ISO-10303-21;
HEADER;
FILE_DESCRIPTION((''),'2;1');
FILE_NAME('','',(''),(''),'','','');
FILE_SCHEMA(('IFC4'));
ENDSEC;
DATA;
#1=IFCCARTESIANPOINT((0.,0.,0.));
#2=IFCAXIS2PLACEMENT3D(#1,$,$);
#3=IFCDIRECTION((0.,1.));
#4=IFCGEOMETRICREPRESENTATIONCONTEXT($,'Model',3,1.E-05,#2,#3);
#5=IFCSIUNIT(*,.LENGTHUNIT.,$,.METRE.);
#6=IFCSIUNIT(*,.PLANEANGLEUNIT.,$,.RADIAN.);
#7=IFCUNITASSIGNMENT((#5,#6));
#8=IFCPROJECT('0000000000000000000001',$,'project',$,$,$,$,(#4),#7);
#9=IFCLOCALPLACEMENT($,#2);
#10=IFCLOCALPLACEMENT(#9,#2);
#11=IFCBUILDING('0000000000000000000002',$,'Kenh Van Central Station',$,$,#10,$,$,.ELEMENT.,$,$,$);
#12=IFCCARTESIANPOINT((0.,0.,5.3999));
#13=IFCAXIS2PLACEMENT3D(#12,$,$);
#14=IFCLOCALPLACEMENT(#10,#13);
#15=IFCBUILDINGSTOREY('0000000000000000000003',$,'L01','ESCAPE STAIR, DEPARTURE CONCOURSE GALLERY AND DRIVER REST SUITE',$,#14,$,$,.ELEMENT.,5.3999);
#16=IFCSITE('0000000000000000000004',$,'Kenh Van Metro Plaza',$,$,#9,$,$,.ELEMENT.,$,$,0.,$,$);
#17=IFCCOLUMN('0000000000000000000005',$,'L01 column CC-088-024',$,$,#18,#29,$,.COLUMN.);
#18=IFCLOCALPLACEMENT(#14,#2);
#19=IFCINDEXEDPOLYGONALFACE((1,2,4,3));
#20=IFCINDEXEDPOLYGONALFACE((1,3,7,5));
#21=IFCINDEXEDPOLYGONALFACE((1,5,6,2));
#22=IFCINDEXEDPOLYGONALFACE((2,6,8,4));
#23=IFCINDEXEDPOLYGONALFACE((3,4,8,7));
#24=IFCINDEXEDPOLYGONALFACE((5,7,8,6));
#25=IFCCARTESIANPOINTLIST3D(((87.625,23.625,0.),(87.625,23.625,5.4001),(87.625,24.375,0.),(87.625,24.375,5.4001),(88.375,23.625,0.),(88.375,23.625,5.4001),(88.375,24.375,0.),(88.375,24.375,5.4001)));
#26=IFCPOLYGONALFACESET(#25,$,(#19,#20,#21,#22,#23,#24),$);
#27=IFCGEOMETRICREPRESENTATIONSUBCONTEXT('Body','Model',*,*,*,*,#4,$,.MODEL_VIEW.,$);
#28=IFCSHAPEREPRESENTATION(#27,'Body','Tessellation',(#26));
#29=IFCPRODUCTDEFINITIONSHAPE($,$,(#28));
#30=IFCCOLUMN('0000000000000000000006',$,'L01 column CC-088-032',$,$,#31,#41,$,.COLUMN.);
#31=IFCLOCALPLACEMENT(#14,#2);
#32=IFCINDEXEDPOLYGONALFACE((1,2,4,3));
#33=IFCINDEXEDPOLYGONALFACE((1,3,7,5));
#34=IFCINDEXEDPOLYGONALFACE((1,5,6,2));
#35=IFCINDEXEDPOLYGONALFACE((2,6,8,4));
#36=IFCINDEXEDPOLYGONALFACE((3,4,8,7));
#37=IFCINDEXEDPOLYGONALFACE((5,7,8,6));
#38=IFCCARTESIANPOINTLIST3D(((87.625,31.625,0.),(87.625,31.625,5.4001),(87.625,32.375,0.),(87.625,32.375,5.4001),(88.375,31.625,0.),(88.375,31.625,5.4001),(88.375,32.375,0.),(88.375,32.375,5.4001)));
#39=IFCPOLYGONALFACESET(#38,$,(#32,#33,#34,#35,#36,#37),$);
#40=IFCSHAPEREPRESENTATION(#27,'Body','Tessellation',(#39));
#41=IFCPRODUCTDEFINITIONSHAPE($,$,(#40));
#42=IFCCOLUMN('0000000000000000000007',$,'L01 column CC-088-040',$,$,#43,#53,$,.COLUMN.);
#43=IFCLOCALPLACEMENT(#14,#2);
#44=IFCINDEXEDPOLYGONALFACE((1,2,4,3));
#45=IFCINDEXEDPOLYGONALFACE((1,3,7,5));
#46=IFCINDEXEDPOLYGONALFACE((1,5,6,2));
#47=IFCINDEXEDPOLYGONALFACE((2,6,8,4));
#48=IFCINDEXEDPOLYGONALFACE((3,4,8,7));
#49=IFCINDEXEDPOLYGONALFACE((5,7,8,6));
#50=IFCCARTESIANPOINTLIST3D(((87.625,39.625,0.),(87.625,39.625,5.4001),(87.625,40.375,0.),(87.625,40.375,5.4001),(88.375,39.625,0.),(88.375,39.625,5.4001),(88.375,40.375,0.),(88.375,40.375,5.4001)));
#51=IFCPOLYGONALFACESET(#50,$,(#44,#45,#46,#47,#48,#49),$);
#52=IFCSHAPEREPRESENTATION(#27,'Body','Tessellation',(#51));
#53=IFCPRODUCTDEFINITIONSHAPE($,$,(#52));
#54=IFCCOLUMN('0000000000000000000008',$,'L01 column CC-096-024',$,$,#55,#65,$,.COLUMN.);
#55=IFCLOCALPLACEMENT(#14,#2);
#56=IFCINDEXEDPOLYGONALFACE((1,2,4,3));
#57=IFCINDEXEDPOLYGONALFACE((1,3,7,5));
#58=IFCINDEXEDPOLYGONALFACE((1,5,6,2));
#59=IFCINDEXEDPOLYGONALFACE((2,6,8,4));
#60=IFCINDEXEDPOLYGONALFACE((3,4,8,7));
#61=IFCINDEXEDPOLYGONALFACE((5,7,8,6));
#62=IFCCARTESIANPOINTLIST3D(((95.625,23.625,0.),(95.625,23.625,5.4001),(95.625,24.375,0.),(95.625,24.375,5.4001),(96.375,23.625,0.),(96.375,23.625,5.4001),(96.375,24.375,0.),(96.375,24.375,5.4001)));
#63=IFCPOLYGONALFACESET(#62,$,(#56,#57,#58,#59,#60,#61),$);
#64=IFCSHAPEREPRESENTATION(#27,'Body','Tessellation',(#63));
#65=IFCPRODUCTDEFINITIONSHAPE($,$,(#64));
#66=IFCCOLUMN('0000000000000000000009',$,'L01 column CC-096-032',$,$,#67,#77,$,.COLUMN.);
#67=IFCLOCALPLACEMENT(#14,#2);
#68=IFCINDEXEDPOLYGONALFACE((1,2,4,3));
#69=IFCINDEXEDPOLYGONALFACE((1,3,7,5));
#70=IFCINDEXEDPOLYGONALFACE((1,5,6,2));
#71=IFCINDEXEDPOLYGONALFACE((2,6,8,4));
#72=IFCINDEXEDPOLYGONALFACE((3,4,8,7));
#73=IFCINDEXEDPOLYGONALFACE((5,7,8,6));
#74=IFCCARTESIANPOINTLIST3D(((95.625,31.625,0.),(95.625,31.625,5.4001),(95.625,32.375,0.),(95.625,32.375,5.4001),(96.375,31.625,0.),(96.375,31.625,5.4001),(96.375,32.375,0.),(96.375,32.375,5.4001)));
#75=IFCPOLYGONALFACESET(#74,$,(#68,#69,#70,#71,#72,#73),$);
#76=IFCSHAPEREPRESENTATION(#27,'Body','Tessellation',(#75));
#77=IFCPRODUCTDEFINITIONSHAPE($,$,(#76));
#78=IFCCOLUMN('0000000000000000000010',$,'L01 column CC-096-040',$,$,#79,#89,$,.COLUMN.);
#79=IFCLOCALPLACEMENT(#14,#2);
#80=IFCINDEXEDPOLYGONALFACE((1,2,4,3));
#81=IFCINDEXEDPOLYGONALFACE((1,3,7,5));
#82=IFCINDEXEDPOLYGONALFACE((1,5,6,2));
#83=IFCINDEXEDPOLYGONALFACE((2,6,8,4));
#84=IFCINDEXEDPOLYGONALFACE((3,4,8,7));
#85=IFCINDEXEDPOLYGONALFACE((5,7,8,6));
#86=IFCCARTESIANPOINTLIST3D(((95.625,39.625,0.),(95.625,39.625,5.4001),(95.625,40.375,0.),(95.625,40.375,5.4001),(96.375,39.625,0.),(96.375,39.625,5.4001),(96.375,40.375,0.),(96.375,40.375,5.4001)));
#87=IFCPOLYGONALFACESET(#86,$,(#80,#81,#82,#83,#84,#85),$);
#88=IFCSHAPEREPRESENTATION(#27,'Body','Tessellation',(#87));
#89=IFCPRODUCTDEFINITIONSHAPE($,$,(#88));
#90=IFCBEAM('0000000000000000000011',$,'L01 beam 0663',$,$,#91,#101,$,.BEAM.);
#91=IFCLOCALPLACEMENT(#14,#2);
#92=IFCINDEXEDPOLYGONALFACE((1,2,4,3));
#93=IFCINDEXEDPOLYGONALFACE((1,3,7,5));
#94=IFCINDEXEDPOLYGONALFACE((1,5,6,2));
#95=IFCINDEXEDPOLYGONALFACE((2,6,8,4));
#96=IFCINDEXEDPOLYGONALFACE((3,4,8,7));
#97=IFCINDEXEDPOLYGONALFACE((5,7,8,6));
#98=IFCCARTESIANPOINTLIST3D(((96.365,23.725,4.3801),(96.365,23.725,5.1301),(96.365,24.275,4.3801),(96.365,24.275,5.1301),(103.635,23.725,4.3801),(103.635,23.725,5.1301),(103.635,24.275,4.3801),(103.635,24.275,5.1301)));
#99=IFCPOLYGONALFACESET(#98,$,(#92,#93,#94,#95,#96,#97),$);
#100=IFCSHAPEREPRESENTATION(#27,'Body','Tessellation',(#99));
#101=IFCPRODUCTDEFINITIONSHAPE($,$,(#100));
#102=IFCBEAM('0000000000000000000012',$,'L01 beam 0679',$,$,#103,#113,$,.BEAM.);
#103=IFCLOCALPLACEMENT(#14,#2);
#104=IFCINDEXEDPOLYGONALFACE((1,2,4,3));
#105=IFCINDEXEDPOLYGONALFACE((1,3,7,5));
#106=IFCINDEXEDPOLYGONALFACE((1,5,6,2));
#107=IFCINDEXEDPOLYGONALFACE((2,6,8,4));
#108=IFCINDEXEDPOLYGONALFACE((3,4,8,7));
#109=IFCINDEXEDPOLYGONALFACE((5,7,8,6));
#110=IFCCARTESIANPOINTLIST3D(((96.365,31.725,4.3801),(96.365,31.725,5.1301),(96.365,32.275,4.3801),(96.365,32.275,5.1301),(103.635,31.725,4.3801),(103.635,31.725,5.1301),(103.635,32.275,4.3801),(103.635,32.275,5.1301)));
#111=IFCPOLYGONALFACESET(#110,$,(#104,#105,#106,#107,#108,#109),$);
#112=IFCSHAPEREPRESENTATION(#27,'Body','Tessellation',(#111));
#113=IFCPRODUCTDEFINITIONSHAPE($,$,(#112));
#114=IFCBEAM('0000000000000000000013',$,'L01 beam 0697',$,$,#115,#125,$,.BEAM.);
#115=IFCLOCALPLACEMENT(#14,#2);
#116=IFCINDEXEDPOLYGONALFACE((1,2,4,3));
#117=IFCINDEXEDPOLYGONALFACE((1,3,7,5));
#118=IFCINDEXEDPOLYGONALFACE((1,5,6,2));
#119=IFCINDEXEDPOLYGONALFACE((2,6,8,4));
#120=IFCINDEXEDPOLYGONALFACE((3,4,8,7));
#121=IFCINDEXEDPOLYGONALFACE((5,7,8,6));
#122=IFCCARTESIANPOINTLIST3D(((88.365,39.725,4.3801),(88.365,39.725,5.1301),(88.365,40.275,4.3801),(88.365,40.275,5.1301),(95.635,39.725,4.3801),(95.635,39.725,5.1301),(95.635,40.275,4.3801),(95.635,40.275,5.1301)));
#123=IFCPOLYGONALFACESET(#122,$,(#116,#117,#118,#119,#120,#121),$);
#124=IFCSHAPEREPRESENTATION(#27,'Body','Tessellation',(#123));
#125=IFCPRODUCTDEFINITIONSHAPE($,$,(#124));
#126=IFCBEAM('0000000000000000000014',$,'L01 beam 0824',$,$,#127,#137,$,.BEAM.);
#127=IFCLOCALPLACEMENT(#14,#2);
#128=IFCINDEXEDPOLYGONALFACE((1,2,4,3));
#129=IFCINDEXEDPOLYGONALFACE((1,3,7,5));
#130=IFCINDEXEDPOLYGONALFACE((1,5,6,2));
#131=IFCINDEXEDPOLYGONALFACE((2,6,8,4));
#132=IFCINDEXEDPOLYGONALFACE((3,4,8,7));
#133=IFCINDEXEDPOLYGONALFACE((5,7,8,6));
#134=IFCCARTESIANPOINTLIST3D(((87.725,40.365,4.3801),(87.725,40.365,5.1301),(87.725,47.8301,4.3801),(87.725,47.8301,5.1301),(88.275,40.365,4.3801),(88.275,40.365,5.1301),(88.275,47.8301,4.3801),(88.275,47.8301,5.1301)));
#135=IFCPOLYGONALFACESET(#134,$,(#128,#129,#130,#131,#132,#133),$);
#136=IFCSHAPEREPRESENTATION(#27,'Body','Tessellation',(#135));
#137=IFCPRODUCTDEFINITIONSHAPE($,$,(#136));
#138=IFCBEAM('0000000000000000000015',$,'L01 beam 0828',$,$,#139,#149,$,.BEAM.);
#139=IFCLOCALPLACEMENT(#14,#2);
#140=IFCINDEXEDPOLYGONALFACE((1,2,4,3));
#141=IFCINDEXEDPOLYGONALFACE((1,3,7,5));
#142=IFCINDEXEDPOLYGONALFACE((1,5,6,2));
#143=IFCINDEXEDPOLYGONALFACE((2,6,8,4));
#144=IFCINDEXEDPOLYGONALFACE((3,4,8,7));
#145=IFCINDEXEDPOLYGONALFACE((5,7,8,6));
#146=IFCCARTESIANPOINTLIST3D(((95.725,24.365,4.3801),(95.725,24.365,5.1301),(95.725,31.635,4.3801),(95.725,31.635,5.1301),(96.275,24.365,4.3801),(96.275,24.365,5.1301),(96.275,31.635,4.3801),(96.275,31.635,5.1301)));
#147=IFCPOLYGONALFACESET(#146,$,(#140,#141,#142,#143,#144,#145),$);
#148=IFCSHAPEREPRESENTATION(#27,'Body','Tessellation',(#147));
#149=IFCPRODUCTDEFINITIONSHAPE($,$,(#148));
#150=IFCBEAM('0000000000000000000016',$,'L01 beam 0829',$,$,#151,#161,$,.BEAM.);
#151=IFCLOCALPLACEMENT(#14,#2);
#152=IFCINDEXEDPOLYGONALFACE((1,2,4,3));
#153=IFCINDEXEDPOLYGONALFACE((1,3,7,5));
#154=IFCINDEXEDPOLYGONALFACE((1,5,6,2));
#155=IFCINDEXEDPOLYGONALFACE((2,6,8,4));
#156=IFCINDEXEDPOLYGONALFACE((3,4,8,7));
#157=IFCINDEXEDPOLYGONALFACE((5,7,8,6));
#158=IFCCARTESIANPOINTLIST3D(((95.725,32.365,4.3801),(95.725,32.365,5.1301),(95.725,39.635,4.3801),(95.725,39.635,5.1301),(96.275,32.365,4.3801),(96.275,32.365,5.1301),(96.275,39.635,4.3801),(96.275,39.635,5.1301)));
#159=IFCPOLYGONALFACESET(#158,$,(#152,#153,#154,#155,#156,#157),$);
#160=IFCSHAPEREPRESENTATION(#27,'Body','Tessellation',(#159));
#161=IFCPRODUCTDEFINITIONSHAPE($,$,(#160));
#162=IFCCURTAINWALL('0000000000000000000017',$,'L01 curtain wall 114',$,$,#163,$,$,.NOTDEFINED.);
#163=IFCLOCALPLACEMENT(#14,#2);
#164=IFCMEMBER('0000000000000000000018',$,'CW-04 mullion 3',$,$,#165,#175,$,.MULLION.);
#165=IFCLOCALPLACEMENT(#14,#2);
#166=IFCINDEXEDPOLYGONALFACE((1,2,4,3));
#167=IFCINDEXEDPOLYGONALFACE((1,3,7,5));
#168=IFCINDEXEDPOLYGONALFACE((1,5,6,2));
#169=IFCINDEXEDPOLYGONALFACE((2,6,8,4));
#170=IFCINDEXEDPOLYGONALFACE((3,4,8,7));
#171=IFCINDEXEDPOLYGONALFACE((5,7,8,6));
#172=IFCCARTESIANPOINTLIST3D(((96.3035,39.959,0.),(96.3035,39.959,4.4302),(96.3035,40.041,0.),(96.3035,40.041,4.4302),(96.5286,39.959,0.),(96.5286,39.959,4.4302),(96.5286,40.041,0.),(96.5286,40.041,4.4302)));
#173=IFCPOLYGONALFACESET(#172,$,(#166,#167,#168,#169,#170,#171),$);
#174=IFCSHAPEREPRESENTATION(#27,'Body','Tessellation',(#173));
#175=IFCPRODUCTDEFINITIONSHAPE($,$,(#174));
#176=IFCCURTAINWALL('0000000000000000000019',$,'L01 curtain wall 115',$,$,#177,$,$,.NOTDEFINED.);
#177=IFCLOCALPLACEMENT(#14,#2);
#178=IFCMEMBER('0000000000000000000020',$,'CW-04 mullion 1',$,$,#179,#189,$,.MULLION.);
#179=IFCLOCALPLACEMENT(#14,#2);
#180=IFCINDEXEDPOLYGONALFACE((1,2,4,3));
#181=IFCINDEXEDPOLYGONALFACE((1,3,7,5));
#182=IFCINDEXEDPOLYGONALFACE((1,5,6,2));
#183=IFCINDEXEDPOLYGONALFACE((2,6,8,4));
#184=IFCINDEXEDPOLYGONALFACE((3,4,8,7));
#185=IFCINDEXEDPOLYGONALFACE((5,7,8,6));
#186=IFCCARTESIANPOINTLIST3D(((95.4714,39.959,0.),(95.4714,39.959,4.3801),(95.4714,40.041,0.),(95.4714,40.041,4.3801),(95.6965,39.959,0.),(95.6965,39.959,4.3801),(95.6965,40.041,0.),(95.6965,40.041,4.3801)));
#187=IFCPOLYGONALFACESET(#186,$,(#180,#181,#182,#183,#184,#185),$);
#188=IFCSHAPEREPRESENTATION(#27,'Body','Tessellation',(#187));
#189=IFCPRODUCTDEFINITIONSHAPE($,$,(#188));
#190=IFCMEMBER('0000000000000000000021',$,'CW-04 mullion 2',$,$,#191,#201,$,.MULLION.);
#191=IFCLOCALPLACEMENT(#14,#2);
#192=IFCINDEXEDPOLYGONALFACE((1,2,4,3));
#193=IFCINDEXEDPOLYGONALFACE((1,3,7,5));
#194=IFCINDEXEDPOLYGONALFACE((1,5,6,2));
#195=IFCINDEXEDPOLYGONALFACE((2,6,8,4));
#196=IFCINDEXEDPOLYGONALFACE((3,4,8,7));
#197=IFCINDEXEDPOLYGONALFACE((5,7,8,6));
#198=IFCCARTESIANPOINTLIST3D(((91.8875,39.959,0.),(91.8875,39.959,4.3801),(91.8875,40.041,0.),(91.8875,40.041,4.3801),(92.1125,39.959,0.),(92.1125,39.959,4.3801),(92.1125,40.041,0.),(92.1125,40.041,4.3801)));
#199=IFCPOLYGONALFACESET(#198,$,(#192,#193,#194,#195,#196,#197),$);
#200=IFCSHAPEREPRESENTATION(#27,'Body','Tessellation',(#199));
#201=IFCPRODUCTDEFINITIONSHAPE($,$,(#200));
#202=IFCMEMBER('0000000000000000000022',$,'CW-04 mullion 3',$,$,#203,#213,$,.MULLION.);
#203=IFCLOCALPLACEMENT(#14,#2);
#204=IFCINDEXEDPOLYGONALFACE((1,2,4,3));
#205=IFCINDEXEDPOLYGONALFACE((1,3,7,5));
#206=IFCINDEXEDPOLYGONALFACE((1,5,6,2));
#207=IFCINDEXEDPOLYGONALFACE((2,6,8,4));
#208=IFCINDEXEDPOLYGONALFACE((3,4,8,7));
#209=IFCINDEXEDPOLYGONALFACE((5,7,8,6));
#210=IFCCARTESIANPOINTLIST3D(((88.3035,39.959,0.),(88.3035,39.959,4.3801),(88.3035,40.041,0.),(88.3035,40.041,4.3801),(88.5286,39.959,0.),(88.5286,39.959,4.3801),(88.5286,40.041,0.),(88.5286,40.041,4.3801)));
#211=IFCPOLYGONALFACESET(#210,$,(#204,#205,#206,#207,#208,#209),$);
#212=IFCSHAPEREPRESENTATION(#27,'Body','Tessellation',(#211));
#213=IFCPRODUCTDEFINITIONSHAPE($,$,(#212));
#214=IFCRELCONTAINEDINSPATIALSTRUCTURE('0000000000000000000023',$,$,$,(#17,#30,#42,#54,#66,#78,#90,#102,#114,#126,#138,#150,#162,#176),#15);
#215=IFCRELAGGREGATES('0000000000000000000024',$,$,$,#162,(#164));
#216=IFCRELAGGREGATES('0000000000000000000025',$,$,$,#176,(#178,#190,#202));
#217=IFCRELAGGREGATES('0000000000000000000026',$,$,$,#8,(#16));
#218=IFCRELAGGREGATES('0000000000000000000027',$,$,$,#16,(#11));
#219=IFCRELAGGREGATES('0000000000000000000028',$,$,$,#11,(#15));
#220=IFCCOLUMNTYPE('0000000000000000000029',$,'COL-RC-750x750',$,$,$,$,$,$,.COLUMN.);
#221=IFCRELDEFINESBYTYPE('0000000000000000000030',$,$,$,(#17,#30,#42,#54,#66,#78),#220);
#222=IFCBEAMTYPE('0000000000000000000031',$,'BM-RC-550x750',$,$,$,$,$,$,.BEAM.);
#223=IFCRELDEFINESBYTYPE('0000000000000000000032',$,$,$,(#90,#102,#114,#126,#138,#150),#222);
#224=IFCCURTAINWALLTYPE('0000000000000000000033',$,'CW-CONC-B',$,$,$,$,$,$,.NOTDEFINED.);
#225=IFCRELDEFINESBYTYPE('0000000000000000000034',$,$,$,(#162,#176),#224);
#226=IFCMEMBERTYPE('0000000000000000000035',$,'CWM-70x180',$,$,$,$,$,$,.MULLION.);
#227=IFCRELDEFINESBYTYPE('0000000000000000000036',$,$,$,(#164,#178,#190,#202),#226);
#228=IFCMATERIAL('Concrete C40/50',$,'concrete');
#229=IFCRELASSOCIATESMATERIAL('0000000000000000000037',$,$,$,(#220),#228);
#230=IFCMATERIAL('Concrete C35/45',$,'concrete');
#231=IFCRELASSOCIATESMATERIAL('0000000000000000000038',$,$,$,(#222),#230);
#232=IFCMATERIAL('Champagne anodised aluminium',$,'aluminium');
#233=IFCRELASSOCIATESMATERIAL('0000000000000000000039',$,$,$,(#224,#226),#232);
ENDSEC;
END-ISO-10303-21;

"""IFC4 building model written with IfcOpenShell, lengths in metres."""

from ifc_helpers import new_model, si_unit, direction, frame, origin, origin_2d, place, context, subcontext, project, spatial, rectangle, extrude, material, material_profile, profile_set, type_object, element, aggregate, save


model = new_model("IFC4")

# Units and contexts
model_context = context("Model", 3, precision=1e-05, world=origin(), true_north=direction((0.0, 1.0)))
body_context = subcontext(model_context, "Body", "Model", "MODEL_VIEW")
ifc_project = project(units=[si_unit("LENGTHUNIT", "METRE"), si_unit("PLANEANGLEUNIT", "RADIAN")], contexts=[model_context])

# Site, building, storey
site_placement = place(None, origin())
site = spatial("IfcSite", under=ifc_project, at=site_placement, Name="Kenh Van Metro Plaza", CompositionType="ELEMENT", RefElevation=0.0)
building_placement = place(site_placement, origin())
building = spatial("IfcBuilding", under=site, at=building_placement, Name="Kenh Van Central Station", CompositionType="ELEMENT")
storey_placement = place(building_placement, frame((0.0, 0.0, 5.3999)))
storey = spatial("IfcBuildingStorey", under=building, at=storey_placement, Name="L01", Description="ESCAPE STAIR, DEPARTURE CONCOURSE GALLERY AND DRIVER REST SUITE", CompositionType="ELEMENT", Elevation=5.3999)

# Columns
ifc_material_1 = material(Name="Concrete C40/50", Category="concrete")
ifc_material_profile_1 = material_profile(ifc_material_1, rectangle(XDim=0.75, YDim=0.75, at=origin_2d()), Name="RC 750x750")
ifc_profile_set_1 = profile_set([ifc_material_profile_1], Name="Concrete C40/50")
column_type = type_object("IfcColumnType", Name="COL-RC-750x750", PredefinedType="COLUMN", material=ifc_profile_set_1)
for number, where, z_axis, x_axis, name in (
    (1, (88.0, 24.0, 0.0), (0.0, 0.0, 1.0), (1.0, 0.0, 0.0), "L01 column CC-088-024"),
    (2, (88.0, 32.0, 0.0), (0.0, 0.0, 1.0), (1.0, 0.0, 0.0), "L01 column CC-088-032"),
    (3, (88.0, 40.0, 0.0), (0.0, 0.0, 1.0), (1.0, 0.0, 0.0), "L01 column CC-088-040"),
    (4, (96.0, 24.0, 0.0), (0.0, 0.0, 1.0), (1.0, 0.0, 0.0), "L01 column CC-096-024"),
    (5, (96.0, 32.0, 0.0), (0.0, 0.0, 1.0), (1.0, 0.0, 0.0), "L01 column CC-096-032"),
    (6, (96.0, 40.0, 0.0), (0.0, 0.0, 1.0), (1.0, 0.0, 0.0), "L01 column CC-096-040"),
):
    element("IfcColumn", number, at=place(storey_placement, frame(where, z_axis=z_axis, x_axis=x_axis)), inside=storey, type_object=column_type, Name=name, PredefinedType="COLUMN", context=body_context, shape_type="SweptSolid", body=[
        extrude(rectangle(XDim=0.75, YDim=0.75, at=origin_2d()), origin(), (0.0, 0.0, 1.0), 5.4001),
    ])

# Beams
ifc_material_2 = material(Name="Concrete C35/45", Category="concrete")
ifc_material_profile_2 = material_profile(ifc_material_2, rectangle(XDim=0.55, YDim=0.75, at=origin_2d()), Name="RC 550x750")
ifc_profile_set_2 = profile_set([ifc_material_profile_2], Name="Concrete C35/45")
beam_type_1 = type_object("IfcBeamType", Name="BM-RC-550x750", PredefinedType="BEAM", material=ifc_profile_set_2)
for number, where, z_axis, x_axis, name in (
    (7, (96.365, 24.0, 4.7551), (1.0, 0.0, 0.0), (0.0, 1.0, 0.0), "L01 beam 0663"),
    (8, (96.365, 32.0, 4.7551), (1.0, 0.0, 0.0), (0.0, 1.0, 0.0), "L01 beam 0679"),
    (9, (88.365, 40.0, 4.7551), (1.0, 0.0, 0.0), (0.0, 1.0, 0.0), "L01 beam 0697"),
):
    element("IfcBeam", number, at=place(storey_placement, frame(where, z_axis=z_axis, x_axis=x_axis)), inside=storey, type_object=beam_type_1, Name=name, PredefinedType="BEAM", context=body_context, shape_type="SweptSolid", body=[
        extrude(rectangle(XDim=0.55, YDim=0.75, at=origin_2d()), origin(), (0.0, 0.0, 1.0), 7.27),
    ])
beam_1_placement = place(storey_placement, frame((88.0, 40.365, 4.7551), z_axis=(0.0, 1.0, 0.0), x_axis=(-1.0, 0.0, 0.0)))
element("IfcBeam", 10, at=beam_1_placement, inside=storey, type_object=beam_type_1, Name="L01 beam 0824", PredefinedType="BEAM", context=body_context, shape_type="SweptSolid", body=[
    extrude(rectangle(XDim=0.55, YDim=0.75, at=origin_2d()), origin(), (0.0, 0.0, 1.0), 7.4651),
])
for number, where, z_axis, x_axis, name in (
    (11, (96.0, 24.365, 4.7551), (0.0, 1.0, 0.0), (-1.0, 0.0, 0.0), "L01 beam 0828"),
    (12, (96.0, 32.365, 4.7551), (0.0, 1.0, 0.0), (-1.0, 0.0, 0.0), "L01 beam 0829"),
):
    element("IfcBeam", number, at=place(storey_placement, frame(where, z_axis=z_axis, x_axis=x_axis)), inside=storey, type_object=beam_type_1, Name=name, PredefinedType="BEAM", context=body_context, shape_type="SweptSolid", body=[
        extrude(rectangle(XDim=0.55, YDim=0.75, at=origin_2d()), origin(), (0.0, 0.0, 1.0), 7.27),
    ])

# Curtain wall, member
ifc_material_3 = material(Name="Champagne anodised aluminium", Category="aluminium")
curtain_wall_type = type_object("IfcCurtainWallType", Name="CW-CONC-B", PredefinedType="NOTDEFINED", material=ifc_material_3)
curtain_wall_1_placement = place(storey_placement, origin())
curtain_wall_1 = element("IfcCurtainWall", 13, at=curtain_wall_1_placement, inside=storey, type_object=curtain_wall_type, Name="L01 curtain wall 114", PredefinedType="NOTDEFINED")
ifc_material_profile_3 = material_profile(ifc_material_3, rectangle(XDim=0.082, YDim=0.2251, at=origin_2d()), Name="AL 82x225")
ifc_profile_set_3 = profile_set([ifc_material_profile_3], Name="Champagne anodised aluminium")
member_type_1 = type_object("IfcMemberType", Name="CWM-70x180", PredefinedType="MULLION", material=ifc_profile_set_3)
member_1_placement = place(storey_placement, frame((96.416, 40.0, 0.0), z_axis=(0.0, 0.0, 1.0), x_axis=(0.0, -1.0, 0.0)))
member_1 = element("IfcMember", 14, at=member_1_placement, type_object=member_type_1, Name="CW-04 mullion 3", PredefinedType="MULLION", context=body_context, shape_type="SweptSolid", body=[
    extrude(rectangle(XDim=0.082, YDim=0.2251, at=origin_2d()), origin(), (0.0, 0.0, 1.0), 4.4302),
])
aggregate(curtain_wall_1, [member_1])

# Curtain wall, members
curtain_wall_2_placement = place(storey_placement, origin())
curtain_wall_2 = element("IfcCurtainWall", 15, at=curtain_wall_2_placement, inside=storey, type_object=curtain_wall_type, Name="L01 curtain wall 115", PredefinedType="NOTDEFINED")
member_2_placement = place(storey_placement, frame((95.584, 40.0, 0.0), z_axis=(0.0, 0.0, 1.0), x_axis=(0.0, -1.0, 0.0)))
member_2 = element("IfcMember", 16, at=member_2_placement, type_object=member_type_1, Name="CW-04 mullion 1", PredefinedType="MULLION", context=body_context, shape_type="SweptSolid", body=[
    extrude(rectangle(XDim=0.082, YDim=0.2251, at=origin_2d()), origin(), (0.0, 0.0, 1.0), 4.3801),
])
member_3_placement = place(storey_placement, frame((92.0, 40.0, 0.0), z_axis=(0.0, 0.0, 1.0), x_axis=(0.0, -1.0, 0.0)))
member_3 = element("IfcMember", 17, at=member_3_placement, type_object=member_type_1, Name="CW-04 mullion 2", PredefinedType="MULLION", context=body_context, shape_type="SweptSolid", body=[
    extrude(rectangle(XDim=0.082, YDim=0.2251, at=origin_2d()), origin(), (0.0, 0.0, 1.0), 4.3801),
])
member_4_placement = place(storey_placement, frame((88.416, 40.0, 0.0), z_axis=(0.0, 0.0, 1.0), x_axis=(0.0, -1.0, 0.0)))
member_4 = element("IfcMember", 18, at=member_4_placement, type_object=member_type_1, Name="CW-04 mullion 3", PredefinedType="MULLION", context=body_context, shape_type="SweptSolid", body=[
    extrude(rectangle(XDim=0.082, YDim=0.2251, at=origin_2d()), origin(), (0.0, 0.0, 1.0), 4.3801),
])

aggregate(curtain_wall_2, [member_2, member_3, member_4])

save(model, "model.ifc")
